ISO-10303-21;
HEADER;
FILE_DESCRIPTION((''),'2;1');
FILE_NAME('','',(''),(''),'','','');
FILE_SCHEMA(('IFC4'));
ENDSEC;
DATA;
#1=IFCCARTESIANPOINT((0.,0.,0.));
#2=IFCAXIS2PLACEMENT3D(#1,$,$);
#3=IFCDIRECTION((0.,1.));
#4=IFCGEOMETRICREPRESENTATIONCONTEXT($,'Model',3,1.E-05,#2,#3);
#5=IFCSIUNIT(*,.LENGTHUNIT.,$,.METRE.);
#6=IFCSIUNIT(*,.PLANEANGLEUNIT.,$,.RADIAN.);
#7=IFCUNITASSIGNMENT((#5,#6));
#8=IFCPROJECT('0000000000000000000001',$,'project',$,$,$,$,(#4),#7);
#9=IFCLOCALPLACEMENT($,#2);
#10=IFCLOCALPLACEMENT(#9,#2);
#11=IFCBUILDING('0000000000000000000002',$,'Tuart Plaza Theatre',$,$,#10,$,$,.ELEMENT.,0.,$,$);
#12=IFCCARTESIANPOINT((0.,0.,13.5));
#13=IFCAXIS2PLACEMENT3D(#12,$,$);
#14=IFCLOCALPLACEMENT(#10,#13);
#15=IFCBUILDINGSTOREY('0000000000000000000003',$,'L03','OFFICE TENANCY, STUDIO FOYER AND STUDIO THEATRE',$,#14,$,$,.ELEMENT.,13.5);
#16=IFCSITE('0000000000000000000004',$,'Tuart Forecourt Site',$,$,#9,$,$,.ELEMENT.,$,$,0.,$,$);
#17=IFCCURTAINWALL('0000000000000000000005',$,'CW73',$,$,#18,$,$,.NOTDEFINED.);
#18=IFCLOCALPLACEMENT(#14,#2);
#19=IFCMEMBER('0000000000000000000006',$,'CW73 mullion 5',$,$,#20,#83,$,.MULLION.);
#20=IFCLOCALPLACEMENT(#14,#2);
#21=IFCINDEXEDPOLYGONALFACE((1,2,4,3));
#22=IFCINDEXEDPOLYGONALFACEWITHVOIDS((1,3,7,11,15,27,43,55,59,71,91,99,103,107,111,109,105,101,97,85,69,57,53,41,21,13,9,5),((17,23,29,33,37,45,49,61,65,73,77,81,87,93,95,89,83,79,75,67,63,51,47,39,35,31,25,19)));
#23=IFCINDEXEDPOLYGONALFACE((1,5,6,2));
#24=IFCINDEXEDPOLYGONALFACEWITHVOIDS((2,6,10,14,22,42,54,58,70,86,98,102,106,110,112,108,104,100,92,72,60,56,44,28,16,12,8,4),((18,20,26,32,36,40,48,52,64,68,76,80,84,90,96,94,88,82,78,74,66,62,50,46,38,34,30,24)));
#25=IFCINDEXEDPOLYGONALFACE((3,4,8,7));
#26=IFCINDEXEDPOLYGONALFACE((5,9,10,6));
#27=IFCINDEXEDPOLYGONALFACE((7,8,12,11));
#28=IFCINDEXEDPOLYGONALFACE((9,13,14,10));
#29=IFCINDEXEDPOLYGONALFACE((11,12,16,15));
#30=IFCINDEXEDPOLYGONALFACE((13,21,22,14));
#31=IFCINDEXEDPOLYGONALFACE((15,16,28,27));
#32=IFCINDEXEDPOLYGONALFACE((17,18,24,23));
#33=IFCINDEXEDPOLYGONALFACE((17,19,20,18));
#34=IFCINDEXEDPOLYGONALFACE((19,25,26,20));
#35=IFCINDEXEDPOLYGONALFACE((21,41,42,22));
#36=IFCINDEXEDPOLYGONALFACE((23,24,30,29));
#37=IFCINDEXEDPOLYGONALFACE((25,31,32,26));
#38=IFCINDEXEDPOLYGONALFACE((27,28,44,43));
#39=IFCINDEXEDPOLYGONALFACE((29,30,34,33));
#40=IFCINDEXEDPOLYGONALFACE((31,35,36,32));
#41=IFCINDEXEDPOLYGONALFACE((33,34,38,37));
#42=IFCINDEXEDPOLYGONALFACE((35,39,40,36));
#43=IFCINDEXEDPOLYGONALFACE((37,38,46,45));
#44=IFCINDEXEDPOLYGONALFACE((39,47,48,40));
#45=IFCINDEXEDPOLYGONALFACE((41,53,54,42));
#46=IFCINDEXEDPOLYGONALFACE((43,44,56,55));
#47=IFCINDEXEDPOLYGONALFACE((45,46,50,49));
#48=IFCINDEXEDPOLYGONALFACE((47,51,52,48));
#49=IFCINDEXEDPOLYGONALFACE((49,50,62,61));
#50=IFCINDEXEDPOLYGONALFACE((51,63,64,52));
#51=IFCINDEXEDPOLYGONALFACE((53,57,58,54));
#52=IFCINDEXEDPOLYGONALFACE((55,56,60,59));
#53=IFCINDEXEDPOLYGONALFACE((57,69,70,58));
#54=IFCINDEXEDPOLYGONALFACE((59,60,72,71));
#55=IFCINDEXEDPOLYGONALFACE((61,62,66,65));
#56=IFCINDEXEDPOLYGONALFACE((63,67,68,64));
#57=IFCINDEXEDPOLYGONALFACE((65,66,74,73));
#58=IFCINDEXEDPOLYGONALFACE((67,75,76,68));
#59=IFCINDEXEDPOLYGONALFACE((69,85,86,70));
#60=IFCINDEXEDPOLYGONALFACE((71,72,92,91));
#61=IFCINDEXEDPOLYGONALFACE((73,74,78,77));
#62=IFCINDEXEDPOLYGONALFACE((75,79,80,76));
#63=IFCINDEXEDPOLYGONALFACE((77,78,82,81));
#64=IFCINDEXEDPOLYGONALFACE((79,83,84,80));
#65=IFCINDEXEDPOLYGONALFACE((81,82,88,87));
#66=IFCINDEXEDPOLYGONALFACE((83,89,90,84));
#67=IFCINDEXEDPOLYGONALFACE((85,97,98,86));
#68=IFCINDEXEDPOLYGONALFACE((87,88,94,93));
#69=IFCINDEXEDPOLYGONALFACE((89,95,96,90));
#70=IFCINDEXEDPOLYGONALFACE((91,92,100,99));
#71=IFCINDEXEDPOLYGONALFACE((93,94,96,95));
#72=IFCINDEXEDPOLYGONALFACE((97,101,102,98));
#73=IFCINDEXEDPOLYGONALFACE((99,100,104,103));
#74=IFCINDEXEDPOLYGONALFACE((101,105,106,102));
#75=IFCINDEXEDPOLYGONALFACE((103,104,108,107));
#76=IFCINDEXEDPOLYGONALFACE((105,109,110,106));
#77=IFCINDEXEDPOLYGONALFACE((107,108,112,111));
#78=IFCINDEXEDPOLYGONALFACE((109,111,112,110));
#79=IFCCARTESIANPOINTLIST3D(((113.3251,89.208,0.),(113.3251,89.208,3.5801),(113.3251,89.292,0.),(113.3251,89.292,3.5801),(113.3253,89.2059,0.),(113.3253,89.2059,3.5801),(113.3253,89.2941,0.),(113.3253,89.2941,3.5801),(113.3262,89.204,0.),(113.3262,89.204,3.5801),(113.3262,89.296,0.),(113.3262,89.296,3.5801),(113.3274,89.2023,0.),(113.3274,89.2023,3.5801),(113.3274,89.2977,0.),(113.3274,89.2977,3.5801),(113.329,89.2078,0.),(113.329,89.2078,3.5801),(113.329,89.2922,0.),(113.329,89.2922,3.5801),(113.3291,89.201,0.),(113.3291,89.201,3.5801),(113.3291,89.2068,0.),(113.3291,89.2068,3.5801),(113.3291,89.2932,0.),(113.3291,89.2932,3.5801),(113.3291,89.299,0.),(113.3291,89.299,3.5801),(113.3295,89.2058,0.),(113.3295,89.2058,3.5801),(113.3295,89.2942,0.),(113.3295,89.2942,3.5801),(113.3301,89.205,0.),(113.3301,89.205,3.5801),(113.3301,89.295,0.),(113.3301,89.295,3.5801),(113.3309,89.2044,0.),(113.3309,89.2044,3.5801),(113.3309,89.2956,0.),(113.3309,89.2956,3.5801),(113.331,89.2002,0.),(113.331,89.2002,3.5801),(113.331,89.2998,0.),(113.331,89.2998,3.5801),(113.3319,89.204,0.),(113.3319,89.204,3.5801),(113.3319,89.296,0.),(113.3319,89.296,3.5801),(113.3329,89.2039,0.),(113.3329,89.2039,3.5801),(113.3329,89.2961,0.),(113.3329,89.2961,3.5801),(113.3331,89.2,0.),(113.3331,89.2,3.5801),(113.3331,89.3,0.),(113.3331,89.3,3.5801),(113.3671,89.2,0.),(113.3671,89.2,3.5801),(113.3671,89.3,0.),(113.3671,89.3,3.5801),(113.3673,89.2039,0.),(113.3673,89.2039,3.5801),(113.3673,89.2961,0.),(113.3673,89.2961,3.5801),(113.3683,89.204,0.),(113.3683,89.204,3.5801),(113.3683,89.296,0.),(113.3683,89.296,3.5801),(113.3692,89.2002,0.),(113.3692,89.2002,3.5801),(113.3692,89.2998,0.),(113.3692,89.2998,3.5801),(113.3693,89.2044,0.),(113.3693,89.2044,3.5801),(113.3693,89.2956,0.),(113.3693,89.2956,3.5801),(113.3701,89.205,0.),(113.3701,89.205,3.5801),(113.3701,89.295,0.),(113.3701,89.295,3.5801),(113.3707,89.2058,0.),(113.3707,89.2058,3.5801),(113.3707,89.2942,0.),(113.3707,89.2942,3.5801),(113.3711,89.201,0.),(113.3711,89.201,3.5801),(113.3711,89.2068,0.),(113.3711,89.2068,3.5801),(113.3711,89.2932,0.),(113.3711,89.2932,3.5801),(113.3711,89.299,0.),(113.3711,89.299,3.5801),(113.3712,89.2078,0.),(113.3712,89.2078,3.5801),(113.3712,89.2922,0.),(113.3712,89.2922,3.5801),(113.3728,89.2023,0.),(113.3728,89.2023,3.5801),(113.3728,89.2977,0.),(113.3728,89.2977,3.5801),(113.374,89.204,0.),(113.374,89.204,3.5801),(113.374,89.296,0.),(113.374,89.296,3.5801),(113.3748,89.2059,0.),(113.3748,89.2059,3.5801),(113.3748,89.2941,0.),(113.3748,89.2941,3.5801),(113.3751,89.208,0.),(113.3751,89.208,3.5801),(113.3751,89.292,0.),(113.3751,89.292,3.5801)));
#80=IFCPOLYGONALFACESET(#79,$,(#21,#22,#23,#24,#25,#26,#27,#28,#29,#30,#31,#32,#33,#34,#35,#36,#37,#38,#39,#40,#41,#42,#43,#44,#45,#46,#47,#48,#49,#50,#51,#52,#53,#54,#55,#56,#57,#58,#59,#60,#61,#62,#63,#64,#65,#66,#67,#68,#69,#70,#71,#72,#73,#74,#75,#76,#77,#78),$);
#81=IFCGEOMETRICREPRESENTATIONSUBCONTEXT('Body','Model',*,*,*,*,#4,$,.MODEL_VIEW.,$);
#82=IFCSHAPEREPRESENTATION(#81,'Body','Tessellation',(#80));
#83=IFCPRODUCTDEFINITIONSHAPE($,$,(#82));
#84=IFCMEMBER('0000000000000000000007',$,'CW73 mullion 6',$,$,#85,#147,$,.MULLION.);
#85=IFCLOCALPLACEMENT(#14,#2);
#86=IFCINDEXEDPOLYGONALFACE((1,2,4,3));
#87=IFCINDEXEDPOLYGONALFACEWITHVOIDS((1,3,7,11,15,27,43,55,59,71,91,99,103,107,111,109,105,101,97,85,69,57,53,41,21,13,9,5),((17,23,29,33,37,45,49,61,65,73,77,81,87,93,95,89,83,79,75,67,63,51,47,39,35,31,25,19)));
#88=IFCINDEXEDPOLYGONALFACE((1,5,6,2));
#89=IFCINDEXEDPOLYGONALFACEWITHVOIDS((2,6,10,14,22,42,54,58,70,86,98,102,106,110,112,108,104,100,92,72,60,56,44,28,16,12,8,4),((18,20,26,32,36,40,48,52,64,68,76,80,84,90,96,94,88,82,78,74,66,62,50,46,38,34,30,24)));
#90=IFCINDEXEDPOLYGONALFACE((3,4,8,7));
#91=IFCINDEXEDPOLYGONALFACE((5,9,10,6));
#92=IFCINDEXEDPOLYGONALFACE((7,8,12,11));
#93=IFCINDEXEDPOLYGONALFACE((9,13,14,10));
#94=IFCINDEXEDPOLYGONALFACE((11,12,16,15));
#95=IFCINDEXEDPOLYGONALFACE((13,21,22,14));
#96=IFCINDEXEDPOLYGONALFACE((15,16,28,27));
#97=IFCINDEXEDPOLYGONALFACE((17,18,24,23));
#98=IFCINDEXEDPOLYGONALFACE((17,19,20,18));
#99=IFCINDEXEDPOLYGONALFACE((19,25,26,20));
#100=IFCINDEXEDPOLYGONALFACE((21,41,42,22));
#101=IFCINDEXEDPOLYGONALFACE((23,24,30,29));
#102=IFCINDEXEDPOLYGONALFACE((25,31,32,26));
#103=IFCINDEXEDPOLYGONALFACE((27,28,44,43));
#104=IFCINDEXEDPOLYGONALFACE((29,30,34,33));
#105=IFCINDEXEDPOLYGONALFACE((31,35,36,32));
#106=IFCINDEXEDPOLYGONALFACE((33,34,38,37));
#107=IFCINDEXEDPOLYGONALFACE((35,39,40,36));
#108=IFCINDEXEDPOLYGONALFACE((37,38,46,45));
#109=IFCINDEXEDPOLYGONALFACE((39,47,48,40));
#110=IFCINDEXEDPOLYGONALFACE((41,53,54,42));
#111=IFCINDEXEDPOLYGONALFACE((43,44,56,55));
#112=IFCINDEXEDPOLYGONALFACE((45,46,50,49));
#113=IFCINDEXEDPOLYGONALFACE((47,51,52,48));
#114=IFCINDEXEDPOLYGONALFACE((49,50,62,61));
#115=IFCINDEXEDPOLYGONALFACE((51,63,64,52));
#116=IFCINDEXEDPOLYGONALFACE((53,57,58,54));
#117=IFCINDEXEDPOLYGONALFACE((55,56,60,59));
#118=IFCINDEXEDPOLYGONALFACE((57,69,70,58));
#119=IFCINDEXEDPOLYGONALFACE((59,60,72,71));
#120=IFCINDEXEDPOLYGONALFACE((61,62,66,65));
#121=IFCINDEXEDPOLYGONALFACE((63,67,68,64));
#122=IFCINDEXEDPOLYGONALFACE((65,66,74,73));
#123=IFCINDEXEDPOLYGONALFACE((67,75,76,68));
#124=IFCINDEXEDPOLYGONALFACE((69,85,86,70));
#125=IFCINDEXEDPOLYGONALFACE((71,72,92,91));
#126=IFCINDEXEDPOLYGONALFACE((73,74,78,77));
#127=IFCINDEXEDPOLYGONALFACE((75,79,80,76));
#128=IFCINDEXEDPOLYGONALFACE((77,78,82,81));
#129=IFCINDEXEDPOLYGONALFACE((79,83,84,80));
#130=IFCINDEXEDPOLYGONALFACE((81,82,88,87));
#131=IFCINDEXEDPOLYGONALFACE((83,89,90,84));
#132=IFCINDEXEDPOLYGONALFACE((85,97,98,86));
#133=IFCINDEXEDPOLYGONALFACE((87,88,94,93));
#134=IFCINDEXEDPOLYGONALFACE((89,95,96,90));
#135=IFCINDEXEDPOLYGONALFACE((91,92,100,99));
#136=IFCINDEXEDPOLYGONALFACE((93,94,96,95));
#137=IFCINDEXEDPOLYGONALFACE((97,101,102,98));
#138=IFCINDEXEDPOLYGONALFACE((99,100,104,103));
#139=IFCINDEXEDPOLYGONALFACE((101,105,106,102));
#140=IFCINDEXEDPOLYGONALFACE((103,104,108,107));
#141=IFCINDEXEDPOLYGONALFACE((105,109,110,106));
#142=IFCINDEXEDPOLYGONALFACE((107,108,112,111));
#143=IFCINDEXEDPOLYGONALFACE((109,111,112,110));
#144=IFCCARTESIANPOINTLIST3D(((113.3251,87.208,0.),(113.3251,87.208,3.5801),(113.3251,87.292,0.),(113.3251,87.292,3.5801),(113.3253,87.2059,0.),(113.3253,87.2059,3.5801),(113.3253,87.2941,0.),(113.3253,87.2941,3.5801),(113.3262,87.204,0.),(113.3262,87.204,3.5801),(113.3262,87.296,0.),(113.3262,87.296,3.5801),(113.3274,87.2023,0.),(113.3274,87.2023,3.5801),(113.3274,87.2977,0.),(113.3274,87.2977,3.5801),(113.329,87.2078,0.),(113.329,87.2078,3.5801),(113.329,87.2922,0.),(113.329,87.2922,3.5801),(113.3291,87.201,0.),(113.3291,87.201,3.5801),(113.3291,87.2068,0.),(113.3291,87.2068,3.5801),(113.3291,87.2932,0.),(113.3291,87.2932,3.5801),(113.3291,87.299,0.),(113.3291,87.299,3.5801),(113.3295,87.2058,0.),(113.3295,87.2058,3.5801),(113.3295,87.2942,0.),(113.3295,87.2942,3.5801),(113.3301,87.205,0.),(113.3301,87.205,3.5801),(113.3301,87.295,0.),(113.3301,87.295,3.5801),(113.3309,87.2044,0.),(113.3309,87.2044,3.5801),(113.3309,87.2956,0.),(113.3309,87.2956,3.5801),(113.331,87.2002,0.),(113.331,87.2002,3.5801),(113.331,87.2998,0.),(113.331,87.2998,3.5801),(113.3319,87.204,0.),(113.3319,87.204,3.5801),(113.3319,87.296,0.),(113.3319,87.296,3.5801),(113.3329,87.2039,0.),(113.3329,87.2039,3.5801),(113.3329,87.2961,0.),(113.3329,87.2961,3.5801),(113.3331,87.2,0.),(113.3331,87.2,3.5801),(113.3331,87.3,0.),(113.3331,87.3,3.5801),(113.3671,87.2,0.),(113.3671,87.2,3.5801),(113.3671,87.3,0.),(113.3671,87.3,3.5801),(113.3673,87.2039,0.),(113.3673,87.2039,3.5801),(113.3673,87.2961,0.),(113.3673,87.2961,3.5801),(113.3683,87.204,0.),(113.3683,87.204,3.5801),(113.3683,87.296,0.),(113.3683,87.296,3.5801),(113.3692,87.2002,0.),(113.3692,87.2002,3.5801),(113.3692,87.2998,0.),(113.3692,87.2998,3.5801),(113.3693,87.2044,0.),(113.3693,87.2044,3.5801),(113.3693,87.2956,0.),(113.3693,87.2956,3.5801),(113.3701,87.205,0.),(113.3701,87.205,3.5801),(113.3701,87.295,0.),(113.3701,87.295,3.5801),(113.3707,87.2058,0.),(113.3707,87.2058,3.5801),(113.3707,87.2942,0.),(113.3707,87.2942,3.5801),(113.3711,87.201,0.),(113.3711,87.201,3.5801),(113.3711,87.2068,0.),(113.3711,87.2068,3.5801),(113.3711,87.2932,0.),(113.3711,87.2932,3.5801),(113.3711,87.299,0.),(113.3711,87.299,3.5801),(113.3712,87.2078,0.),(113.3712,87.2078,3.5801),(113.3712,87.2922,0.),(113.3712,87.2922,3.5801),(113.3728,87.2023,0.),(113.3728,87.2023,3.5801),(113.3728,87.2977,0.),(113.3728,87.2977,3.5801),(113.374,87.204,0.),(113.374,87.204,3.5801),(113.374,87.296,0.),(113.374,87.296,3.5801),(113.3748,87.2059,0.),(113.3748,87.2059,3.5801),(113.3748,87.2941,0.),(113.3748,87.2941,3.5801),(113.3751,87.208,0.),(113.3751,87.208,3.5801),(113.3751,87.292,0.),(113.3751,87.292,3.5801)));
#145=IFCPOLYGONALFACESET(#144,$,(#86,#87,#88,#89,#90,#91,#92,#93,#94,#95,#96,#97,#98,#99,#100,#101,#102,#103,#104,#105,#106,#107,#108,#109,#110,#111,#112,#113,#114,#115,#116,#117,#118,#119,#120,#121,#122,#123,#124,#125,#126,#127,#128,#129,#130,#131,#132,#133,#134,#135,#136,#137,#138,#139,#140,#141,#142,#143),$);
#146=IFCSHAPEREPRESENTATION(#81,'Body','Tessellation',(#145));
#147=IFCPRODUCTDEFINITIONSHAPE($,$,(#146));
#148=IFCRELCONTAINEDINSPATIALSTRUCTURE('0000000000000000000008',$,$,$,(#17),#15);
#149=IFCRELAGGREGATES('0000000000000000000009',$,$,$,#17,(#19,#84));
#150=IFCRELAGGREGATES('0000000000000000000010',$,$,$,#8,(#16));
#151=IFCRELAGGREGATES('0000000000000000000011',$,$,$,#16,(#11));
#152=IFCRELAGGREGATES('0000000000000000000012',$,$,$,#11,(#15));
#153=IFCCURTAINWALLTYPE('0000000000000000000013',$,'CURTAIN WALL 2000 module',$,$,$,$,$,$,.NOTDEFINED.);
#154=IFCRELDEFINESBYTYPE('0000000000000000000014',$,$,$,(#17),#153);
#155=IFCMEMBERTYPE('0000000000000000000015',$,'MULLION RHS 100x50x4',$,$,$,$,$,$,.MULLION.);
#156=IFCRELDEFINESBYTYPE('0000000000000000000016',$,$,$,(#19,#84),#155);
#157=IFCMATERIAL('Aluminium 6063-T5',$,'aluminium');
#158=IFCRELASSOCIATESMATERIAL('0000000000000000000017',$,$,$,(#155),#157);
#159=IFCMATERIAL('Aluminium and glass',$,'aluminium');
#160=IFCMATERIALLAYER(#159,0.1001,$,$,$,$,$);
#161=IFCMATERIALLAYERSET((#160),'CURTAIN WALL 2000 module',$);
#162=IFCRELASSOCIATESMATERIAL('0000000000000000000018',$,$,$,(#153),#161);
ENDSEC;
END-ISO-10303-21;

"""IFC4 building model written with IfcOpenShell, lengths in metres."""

from ifc_helpers import new_model, si_unit, direction, frame, origin, origin_2d, place, context, subcontext, project, spatial, hollow_rectangle, extrude, material, layer, layer_set, material_profile, profile_set, type_object, element, aggregate, save


model = new_model("IFC4")

# Units and contexts
model_context = context("Model", 3, precision=1e-05, world=origin(), true_north=direction((0.0, 1.0)))
body_context = subcontext(model_context, "Body", "Model", "MODEL_VIEW")
ifc_project = project(units=[si_unit("LENGTHUNIT", "METRE"), si_unit("PLANEANGLEUNIT", "RADIAN")], contexts=[model_context])

# Site, building, storey
site_placement = place(None, origin())
site = spatial("IfcSite", under=ifc_project, at=site_placement, Name="Tuart Forecourt Site", CompositionType="ELEMENT", RefElevation=0.0)
building_placement = place(site_placement, origin())
building = spatial("IfcBuilding", under=site, at=building_placement, Name="Tuart Plaza Theatre", CompositionType="ELEMENT", ElevationOfRefHeight=0.0)
storey_placement = place(building_placement, frame((0.0, 0.0, 13.5)))
storey = spatial("IfcBuildingStorey", under=building, at=storey_placement, Name="L03", Description="OFFICE TENANCY, STUDIO FOYER AND STUDIO THEATRE", CompositionType="ELEMENT", Elevation=13.5)

# Curtain wall, members
ifc_material_1 = material(Name="Aluminium 6063-T5", Category="aluminium")
ifc_material_profile_1 = material_profile(ifc_material_1, hollow_rectangle(XDim=0.05, YDim=0.1001, WallThickness=0.0039, InnerFilletRadius=0.0039, OuterFilletRadius=0.0081, at=origin_2d()), Name="RHS 100x50x4")
ifc_profile_set_1 = profile_set([ifc_material_profile_1], Name="Aluminium 6063-T5")
member_type_1 = type_object("IfcMemberType", Name="MULLION RHS 100x50x4", PredefinedType="MULLION", material=ifc_profile_set_1)
ifc_material_2 = material(Name="Aluminium and glass", Category="aluminium")
ifc_layer_1 = layer(ifc_material_2, 0.1001)
ifc_layer_set_1 = layer_set([ifc_layer_1], Name="CURTAIN WALL 2000 module")
curtain_wall_type_1 = type_object("IfcCurtainWallType", Name="CURTAIN WALL 2000 module", PredefinedType="NOTDEFINED", material=ifc_layer_set_1)
curtain_wall_1_placement = place(storey_placement, origin())
curtain_wall_1 = element("IfcCurtainWall", 1, at=curtain_wall_1_placement, inside=storey, type_object=curtain_wall_type_1, Name="CW73", PredefinedType="NOTDEFINED")
member_1_placement = place(storey_placement, frame((113.3501, 89.25, 0.0), z_axis=(0.0, 0.0, 1.0), x_axis=(1.0, 0.0, 0.0)))
member_1 = element("IfcMember", 2, at=member_1_placement, type_object=member_type_1, Name="CW73 mullion 5", PredefinedType="MULLION", context=body_context, shape_type="SweptSolid", body=[
    extrude(hollow_rectangle(XDim=0.05, YDim=0.1001, WallThickness=0.0039, InnerFilletRadius=0.0039, OuterFilletRadius=0.0081, at=origin_2d()), origin(), (0.0, 0.0, 1.0), 3.5801),
])
member_2_placement = place(storey_placement, frame((113.3501, 87.25, 0.0), z_axis=(0.0, 0.0, 1.0), x_axis=(1.0, 0.0, 0.0)))
member_2 = element("IfcMember", 3, at=member_2_placement, type_object=member_type_1, Name="CW73 mullion 6", PredefinedType="MULLION", context=body_context, shape_type="SweptSolid", body=[
    extrude(hollow_rectangle(XDim=0.05, YDim=0.1001, WallThickness=0.0039, InnerFilletRadius=0.0039, OuterFilletRadius=0.0081, at=origin_2d()), origin(), (0.0, 0.0, 1.0), 3.5801),
])
aggregate(curtain_wall_1, [member_1, member_2])

save(model, "model.ifc")
